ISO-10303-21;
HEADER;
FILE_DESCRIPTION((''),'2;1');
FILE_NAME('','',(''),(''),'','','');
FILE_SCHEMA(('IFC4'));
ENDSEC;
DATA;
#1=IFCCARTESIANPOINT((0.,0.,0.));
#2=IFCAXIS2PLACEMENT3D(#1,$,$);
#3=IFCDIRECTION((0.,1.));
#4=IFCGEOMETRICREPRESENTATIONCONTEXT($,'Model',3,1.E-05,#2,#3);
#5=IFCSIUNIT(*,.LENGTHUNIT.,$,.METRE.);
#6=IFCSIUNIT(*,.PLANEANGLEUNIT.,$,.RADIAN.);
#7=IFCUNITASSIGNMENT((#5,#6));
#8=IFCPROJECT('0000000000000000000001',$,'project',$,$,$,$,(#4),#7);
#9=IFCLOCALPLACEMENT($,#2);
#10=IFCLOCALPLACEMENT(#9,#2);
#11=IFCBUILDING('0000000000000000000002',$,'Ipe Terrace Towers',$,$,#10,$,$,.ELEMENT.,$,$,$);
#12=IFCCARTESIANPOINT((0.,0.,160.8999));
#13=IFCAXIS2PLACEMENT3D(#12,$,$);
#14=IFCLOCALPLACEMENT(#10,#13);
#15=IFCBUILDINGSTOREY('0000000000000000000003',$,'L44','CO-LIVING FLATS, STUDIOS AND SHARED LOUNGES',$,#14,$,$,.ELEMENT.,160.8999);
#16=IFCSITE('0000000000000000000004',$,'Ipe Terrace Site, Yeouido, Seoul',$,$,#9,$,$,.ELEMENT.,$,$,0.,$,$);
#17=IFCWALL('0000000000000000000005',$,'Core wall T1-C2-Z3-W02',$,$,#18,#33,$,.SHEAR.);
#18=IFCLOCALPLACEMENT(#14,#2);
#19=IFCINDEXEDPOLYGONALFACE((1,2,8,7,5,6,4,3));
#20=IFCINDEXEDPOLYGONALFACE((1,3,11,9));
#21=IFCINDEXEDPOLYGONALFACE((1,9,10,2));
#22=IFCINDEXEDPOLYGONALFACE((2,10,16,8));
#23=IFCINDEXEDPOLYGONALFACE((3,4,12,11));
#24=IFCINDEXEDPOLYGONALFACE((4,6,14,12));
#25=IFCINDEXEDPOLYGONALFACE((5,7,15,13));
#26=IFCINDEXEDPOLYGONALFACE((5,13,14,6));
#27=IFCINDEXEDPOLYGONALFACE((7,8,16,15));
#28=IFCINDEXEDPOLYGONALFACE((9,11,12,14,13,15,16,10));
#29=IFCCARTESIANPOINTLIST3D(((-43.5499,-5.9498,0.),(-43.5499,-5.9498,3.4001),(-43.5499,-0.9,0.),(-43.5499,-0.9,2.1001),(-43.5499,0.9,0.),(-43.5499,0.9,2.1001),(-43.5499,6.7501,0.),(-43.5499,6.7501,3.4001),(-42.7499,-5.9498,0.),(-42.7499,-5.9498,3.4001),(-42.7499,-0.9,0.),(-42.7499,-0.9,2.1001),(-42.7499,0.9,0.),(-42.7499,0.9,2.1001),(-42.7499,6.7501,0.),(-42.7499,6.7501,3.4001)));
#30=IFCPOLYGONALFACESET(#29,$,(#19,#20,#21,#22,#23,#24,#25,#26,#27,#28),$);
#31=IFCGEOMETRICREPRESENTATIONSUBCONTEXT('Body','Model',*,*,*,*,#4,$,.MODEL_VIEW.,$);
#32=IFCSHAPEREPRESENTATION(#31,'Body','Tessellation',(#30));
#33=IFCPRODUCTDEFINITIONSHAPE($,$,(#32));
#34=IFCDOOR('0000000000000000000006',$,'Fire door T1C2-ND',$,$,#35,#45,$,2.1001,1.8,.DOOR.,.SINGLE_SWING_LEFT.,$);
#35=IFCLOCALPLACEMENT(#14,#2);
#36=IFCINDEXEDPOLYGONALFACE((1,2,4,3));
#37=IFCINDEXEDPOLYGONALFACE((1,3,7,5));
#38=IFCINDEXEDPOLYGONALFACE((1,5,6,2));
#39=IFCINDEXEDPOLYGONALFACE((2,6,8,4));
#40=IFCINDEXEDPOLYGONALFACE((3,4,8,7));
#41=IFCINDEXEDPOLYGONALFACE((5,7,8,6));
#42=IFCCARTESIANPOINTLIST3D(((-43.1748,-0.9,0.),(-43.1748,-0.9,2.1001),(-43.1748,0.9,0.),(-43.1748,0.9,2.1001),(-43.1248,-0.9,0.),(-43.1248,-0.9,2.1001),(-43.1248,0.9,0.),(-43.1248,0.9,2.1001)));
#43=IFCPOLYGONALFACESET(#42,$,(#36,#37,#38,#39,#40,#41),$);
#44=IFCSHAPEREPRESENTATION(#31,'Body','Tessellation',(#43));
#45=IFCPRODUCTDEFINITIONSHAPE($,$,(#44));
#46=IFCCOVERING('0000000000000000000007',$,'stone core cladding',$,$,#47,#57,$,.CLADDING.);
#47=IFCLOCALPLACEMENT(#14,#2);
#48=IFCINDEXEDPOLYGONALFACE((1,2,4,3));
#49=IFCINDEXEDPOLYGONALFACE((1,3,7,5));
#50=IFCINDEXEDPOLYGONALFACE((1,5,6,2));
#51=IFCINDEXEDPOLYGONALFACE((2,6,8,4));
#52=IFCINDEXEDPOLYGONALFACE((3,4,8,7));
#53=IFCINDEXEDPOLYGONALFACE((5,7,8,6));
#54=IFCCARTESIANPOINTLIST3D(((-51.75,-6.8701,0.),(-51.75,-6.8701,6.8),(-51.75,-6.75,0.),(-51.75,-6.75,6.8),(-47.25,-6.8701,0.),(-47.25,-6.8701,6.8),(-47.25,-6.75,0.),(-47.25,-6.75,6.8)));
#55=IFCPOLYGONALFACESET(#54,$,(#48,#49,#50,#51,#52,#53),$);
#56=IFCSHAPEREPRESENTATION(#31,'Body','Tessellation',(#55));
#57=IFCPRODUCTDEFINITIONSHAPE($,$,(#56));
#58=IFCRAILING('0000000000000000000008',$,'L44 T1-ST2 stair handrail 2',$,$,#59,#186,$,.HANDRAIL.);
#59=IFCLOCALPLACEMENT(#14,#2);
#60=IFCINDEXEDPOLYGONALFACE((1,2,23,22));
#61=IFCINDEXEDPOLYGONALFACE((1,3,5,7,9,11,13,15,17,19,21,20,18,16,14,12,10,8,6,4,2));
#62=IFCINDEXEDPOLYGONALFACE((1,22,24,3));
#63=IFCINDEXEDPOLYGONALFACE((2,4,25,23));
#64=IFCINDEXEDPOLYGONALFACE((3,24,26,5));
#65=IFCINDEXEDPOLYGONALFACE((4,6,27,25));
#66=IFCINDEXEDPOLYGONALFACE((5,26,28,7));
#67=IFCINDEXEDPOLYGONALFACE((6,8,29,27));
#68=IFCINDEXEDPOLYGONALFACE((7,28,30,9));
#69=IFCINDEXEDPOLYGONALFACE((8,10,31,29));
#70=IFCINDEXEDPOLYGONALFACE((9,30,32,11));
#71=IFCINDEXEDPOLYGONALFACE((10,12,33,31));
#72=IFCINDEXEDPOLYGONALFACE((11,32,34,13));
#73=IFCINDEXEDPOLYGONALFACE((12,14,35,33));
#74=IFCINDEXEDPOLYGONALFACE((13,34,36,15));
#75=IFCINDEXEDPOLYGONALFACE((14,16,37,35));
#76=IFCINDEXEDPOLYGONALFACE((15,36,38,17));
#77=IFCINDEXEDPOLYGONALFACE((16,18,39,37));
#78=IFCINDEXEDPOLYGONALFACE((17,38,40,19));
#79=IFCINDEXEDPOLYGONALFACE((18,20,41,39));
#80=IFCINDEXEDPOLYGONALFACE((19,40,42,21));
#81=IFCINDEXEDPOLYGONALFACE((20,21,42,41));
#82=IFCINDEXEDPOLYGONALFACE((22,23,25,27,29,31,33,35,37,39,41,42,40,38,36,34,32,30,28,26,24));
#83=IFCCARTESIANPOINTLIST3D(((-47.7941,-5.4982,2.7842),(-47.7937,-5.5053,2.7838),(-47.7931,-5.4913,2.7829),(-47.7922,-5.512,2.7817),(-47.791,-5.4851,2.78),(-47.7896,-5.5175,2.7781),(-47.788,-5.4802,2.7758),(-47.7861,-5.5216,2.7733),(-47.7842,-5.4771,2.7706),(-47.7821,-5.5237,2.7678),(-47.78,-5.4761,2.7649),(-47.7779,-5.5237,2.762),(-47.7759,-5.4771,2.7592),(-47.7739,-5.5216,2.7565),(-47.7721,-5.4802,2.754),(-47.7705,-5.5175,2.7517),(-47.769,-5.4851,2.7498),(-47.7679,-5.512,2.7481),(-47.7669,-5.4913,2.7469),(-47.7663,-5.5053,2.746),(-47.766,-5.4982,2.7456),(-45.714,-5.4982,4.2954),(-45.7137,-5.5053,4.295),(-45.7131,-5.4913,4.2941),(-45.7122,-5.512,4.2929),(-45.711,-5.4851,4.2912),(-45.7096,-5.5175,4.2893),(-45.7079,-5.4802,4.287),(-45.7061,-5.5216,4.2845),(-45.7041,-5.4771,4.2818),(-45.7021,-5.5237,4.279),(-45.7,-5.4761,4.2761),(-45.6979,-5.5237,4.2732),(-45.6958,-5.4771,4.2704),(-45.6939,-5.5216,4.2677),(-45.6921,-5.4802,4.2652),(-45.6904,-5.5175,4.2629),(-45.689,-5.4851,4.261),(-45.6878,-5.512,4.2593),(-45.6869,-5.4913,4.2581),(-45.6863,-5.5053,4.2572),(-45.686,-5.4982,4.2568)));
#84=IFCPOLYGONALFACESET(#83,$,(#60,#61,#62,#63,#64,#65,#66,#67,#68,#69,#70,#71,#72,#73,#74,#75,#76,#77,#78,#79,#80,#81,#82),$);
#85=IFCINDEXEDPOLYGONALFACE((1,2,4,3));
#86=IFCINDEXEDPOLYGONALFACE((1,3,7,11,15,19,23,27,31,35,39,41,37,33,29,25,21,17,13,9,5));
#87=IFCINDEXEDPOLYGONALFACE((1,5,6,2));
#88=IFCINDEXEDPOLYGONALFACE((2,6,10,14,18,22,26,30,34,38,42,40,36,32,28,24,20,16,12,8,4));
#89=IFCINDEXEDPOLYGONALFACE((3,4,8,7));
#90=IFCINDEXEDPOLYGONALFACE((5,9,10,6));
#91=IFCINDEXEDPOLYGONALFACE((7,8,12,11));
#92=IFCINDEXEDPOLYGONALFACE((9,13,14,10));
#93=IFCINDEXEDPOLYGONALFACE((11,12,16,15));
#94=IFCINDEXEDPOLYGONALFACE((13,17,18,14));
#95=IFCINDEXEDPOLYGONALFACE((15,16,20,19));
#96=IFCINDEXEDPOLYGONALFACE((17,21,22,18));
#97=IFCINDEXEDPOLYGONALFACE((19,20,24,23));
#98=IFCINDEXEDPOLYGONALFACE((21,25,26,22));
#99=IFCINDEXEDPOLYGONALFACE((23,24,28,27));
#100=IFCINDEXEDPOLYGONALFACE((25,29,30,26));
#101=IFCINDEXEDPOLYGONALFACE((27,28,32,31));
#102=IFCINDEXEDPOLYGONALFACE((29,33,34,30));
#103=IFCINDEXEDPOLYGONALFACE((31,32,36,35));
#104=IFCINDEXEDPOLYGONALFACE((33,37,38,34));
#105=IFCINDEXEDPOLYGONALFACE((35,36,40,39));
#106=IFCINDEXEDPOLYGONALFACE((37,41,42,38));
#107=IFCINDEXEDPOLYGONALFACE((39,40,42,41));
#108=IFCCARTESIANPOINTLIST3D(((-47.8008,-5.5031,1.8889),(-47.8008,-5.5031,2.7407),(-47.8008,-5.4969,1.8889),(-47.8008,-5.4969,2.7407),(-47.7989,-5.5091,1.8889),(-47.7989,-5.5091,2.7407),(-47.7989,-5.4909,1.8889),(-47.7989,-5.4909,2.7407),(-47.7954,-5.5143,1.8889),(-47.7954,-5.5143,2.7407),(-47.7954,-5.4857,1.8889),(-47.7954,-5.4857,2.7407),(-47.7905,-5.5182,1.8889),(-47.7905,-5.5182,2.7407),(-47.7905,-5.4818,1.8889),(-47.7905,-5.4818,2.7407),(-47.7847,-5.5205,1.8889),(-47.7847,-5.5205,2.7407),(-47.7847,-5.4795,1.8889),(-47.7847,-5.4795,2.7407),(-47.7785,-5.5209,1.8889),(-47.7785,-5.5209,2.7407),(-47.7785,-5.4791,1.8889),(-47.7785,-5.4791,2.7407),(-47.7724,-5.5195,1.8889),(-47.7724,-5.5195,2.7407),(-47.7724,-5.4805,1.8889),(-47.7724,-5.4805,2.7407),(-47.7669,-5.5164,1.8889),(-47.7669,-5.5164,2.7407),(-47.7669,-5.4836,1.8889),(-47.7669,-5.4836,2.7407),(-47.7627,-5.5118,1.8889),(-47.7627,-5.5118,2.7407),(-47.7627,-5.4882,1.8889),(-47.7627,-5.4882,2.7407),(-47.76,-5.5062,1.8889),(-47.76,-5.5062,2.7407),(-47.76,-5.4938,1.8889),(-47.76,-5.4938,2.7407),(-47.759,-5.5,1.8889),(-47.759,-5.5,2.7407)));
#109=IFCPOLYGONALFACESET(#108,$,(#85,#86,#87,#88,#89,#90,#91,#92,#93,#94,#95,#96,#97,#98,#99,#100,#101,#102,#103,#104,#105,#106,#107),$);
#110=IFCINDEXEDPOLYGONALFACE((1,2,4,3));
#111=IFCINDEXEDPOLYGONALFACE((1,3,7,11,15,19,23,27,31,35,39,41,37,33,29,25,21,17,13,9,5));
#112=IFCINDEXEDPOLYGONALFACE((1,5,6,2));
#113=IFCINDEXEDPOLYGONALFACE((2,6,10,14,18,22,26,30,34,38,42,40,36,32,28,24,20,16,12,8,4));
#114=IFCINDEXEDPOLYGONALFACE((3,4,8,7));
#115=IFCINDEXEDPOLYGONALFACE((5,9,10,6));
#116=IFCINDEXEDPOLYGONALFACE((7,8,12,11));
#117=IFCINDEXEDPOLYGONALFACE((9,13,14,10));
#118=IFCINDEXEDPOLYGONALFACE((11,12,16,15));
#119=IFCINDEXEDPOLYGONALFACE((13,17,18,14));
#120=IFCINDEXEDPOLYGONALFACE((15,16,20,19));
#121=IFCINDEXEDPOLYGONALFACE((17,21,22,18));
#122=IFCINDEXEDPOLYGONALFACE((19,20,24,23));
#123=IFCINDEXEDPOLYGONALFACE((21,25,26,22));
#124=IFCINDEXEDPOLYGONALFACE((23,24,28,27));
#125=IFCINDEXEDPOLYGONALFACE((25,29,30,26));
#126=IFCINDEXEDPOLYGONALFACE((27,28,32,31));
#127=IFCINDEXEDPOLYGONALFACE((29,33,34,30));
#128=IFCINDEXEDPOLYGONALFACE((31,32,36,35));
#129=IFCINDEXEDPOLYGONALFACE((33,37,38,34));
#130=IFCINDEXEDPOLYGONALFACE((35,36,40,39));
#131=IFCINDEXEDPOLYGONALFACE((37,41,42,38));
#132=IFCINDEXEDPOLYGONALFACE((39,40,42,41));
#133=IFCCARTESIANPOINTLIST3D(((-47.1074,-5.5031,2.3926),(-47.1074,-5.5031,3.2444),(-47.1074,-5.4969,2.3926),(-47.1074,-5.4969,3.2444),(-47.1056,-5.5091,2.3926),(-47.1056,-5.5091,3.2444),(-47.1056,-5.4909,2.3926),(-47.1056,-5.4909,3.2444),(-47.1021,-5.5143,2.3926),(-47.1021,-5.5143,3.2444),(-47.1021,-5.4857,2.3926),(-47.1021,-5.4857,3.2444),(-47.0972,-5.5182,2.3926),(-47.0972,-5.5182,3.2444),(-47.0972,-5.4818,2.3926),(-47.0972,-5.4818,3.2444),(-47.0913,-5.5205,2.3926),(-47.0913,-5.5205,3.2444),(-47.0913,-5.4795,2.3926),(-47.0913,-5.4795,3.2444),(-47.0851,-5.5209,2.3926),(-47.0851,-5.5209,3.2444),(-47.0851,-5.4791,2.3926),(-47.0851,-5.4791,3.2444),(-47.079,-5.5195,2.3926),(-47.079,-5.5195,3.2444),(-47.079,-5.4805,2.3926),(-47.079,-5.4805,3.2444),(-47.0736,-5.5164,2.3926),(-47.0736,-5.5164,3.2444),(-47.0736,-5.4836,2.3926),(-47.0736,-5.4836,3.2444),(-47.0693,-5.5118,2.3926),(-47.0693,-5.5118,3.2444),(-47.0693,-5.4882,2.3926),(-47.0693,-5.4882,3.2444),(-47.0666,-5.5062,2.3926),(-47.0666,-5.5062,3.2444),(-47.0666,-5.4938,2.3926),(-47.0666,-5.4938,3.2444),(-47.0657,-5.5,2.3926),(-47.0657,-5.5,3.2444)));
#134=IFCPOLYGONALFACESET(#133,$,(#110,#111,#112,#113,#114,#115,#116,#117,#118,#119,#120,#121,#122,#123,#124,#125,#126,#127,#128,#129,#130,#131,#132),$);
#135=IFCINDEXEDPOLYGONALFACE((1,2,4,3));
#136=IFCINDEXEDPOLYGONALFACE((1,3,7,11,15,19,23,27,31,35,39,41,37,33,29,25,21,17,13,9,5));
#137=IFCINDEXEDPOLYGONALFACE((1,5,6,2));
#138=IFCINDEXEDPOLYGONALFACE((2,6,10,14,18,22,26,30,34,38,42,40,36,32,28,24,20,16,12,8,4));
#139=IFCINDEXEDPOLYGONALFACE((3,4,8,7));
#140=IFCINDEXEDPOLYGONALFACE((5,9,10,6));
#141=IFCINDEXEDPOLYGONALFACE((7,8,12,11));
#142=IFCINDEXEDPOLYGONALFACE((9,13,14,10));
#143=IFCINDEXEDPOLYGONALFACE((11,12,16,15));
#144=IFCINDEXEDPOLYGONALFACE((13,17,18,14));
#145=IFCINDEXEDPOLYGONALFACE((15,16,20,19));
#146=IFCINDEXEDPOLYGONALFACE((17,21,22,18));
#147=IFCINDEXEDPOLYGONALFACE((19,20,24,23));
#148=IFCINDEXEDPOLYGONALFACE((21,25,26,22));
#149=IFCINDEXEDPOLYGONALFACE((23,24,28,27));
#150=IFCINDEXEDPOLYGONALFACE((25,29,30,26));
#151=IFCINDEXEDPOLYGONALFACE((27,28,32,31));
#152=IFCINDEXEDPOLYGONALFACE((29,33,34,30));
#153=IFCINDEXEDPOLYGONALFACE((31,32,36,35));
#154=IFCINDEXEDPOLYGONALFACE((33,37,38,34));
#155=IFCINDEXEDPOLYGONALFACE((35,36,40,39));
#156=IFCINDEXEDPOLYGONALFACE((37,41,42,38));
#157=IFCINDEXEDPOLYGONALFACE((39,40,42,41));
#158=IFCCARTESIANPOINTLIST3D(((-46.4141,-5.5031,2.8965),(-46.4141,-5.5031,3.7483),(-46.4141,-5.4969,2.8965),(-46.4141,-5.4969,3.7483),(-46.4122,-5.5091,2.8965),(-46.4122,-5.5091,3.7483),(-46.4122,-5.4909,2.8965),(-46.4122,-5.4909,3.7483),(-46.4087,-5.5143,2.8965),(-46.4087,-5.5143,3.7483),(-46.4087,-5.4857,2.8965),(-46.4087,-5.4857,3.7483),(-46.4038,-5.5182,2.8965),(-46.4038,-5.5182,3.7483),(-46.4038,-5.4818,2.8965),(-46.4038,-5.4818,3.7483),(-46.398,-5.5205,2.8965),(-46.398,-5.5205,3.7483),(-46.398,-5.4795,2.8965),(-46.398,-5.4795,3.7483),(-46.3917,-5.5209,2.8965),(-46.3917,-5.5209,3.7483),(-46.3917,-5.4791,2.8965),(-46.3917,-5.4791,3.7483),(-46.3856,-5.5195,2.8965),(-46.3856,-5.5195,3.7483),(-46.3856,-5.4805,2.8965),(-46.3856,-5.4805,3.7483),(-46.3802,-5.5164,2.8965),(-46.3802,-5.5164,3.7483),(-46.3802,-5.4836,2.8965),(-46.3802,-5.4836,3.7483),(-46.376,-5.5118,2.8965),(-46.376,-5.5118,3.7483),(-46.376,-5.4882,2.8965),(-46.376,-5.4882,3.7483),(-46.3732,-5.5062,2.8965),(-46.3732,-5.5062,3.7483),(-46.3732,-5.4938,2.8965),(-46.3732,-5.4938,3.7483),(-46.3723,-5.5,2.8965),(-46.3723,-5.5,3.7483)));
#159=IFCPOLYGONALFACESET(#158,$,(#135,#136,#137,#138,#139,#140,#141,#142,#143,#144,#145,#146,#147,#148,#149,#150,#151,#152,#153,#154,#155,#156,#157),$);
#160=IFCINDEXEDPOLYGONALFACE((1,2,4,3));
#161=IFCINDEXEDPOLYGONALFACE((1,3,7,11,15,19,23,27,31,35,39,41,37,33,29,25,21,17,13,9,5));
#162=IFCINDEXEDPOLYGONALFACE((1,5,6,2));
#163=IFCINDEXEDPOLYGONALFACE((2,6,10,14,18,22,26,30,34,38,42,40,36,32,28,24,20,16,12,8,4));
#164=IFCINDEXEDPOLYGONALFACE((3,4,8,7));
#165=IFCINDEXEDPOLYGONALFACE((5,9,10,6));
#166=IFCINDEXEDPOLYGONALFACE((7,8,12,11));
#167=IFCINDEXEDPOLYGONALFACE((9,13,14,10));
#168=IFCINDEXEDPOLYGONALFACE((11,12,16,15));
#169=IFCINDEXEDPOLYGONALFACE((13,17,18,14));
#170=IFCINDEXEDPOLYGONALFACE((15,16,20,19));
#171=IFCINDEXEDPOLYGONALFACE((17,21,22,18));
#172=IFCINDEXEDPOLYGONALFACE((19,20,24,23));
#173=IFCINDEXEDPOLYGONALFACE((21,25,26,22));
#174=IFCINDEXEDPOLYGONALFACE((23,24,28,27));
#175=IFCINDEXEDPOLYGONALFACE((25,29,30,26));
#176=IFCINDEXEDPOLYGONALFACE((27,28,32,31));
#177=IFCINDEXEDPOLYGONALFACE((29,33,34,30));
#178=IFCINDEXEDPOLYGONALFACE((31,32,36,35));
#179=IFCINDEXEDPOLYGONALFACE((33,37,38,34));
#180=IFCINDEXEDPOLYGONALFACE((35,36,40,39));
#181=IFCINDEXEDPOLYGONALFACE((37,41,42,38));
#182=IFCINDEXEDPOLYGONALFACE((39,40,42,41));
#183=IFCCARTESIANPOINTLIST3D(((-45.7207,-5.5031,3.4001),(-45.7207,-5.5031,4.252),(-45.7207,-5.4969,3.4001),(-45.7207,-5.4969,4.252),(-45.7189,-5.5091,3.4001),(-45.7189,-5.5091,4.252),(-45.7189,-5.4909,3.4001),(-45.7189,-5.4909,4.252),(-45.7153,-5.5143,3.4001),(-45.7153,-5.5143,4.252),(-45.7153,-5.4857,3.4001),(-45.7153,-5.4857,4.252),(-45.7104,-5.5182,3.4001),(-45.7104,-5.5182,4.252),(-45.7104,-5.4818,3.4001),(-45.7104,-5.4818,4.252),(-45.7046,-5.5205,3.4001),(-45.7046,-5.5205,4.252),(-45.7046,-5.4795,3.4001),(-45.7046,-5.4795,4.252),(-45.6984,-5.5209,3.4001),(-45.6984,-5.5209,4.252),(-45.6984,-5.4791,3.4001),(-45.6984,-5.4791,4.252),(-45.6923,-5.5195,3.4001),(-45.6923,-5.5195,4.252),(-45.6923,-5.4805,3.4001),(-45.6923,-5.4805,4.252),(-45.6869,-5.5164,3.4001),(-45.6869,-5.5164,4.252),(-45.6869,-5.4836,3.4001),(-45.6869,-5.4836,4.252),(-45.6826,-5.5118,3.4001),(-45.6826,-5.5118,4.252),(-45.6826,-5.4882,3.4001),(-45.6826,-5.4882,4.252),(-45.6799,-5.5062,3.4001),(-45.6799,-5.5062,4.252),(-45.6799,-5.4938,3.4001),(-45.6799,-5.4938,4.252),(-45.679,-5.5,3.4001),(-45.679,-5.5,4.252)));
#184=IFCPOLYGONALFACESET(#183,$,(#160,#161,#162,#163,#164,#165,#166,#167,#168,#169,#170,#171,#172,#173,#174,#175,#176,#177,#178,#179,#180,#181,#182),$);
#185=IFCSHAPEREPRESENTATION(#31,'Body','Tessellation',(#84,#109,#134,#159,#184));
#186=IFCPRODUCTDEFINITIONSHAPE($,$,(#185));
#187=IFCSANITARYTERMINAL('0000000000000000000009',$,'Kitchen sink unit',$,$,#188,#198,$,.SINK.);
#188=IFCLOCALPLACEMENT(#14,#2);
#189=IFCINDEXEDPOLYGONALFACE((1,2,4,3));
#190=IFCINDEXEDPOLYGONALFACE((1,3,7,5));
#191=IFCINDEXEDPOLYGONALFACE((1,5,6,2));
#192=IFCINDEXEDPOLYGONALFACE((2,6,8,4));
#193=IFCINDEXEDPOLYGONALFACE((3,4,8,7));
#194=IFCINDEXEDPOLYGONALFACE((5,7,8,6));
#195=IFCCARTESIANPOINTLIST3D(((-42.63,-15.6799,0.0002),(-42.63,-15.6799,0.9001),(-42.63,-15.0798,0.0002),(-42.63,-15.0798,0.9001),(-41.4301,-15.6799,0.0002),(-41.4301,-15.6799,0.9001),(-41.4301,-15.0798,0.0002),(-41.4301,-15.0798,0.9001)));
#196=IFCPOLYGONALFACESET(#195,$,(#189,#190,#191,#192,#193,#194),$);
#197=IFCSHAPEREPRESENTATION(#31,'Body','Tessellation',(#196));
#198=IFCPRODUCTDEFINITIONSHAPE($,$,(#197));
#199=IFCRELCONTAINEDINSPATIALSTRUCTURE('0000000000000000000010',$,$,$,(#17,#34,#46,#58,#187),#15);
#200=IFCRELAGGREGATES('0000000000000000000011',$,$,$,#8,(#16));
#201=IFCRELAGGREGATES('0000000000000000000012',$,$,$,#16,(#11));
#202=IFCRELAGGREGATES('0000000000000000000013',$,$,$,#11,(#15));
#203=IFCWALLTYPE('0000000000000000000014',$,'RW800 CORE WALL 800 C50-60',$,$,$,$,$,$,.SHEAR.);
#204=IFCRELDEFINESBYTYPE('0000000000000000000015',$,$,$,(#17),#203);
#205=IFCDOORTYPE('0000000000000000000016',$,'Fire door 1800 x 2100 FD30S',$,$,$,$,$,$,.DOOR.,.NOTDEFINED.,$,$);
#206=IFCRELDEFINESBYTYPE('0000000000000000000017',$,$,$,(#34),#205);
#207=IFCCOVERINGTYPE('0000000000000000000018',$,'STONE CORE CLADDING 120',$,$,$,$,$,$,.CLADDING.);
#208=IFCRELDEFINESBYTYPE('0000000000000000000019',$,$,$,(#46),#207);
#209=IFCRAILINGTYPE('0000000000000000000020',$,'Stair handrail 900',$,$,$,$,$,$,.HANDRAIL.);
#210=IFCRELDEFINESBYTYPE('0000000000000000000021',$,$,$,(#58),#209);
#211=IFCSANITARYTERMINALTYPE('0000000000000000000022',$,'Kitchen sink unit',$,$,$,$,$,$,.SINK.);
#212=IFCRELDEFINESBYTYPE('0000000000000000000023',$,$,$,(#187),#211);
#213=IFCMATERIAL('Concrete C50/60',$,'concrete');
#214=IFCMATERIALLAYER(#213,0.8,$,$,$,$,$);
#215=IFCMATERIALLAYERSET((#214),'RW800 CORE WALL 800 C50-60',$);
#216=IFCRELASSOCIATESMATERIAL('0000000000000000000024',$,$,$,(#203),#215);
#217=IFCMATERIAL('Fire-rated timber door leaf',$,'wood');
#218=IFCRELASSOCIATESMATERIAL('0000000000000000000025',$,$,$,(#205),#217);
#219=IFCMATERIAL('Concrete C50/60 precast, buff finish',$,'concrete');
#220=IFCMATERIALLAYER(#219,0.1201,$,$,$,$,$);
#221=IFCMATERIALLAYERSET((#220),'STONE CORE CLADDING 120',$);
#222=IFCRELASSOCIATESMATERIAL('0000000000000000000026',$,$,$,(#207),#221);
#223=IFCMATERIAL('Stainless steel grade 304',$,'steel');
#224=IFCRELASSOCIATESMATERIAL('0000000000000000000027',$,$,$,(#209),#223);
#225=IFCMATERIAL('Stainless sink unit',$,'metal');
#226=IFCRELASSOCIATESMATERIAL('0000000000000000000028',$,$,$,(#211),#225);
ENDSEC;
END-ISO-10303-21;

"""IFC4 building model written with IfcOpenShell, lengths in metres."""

from ifc_helpers import new_model, si_unit, direction, frame, frame_2d, origin, origin_2d, place, context, subcontext, project, spatial, rectangle, circle, extrude, material, layer, layer_set, type_object, element, fill, save


model = new_model("IFC4")

# Units and contexts
model_context = context("Model", 3, precision=1e-05, world=origin(), true_north=direction((0.0, 1.0)))
body_context = subcontext(model_context, "Body", "Model", "MODEL_VIEW")
ifc_project = project(units=[si_unit("LENGTHUNIT", "METRE"), si_unit("PLANEANGLEUNIT", "RADIAN")], contexts=[model_context])

# Site, building, storey
site_placement = place(None, origin())
site = spatial("IfcSite", under=ifc_project, at=site_placement, Name="Ipe Terrace Site, Yeouido, Seoul", CompositionType="ELEMENT", RefElevation=0.0)
building_placement = place(site_placement, origin())
building = spatial("IfcBuilding", under=site, at=building_placement, Name="Ipe Terrace Towers", CompositionType="ELEMENT")
storey_placement = place(building_placement, frame((0.0, 0.0, 160.8999)))
storey = spatial("IfcBuildingStorey", under=building, at=storey_placement, Name="L44", Description="CO-LIVING FLATS, STUDIOS AND SHARED LOUNGES", CompositionType="ELEMENT", Elevation=160.8999)

# Shared definitions
ifc_material_1 = material(Name="Concrete C50/60", Category="concrete")
ifc_layer_1 = layer(ifc_material_1, 0.8)
ifc_layer_set_1 = layer_set([ifc_layer_1], Name="RW800 CORE WALL 800 C50-60")
wall_type_1 = type_object("IfcWallType", Name="RW800 CORE WALL 800 C50-60", PredefinedType="SHEAR", material=ifc_layer_set_1)

# Wall, opening, door
wall_1_placement = place(storey_placement, frame((-43.1499, -5.95, 0.0), z_axis=(0.0, 0.0, 1.0), x_axis=(0.0, 1.0, 0.0)))
wall_1 = element("IfcWall", 1, at=wall_1_placement, inside=storey, type_object=wall_type_1, Name="Core wall T1-C2-Z3-W02", PredefinedType="SHEAR", context=body_context, shape_type="SweptSolid", body=[
    extrude(rectangle(XDim=12.7, YDim=0.8, at=frame_2d((6.3501, 0.0))), origin(), (0.0, 0.0, 1.0), 3.4001),
])
opening_1_placement = place(wall_1_placement, frame((5.05, 0.0, 0.0)))
opening_1 = element("IfcOpeningElement", 2, at=opening_1_placement, cuts=wall_1, PredefinedType="OPENING", context=body_context, shape_type="SweptSolid", body=[
    extrude(rectangle(XDim=1.8, YDim=2.1001, at=frame_2d((0.8999, 1.05))), frame((0.0, 0.4102, 0.0), z_axis=(0.0, -1.0, 0.0), x_axis=(1.0, 0.0, 0.0)), (0.0, 0.0, 1.0), 0.8201),
])
ifc_material_2 = material(Name="Fire-rated timber door leaf", Category="wood")
door_type_1 = type_object("IfcDoorType", Name="Fire door 1800 x 2100 FD30S", OperationType="NOTDEFINED", PredefinedType="DOOR", material=ifc_material_2)
door_1_placement = place(opening_1_placement, origin())
door_1 = element("IfcDoor", 3, at=door_1_placement, inside=storey, type_object=door_type_1, Name="Fire door T1C2-ND", OperationType="SINGLE_SWING_LEFT", OverallHeight=2.1001, OverallWidth=1.8, PredefinedType="DOOR", context=body_context, shape_type="SweptSolid", body=[
    extrude(rectangle(XDim=1.8, YDim=2.1001, at=frame_2d((0.8999, 1.05))), frame((0.0, 0.0249, 0.0), z_axis=(0.0, -1.0, 0.0), x_axis=(1.0, 0.0, 0.0)), (0.0, 0.0, 1.0), 0.05),
])
fill(opening_1, door_1)

# Covering
ifc_material_3 = material(Name="Concrete C50/60 precast, buff finish", Category="concrete")
ifc_layer_2 = layer(ifc_material_3, 0.1201)
ifc_layer_set_2 = layer_set([ifc_layer_2], Name="STONE CORE CLADDING 120")
covering_type = type_object("IfcCoveringType", Name="STONE CORE CLADDING 120", PredefinedType="CLADDING", material=ifc_layer_set_2)
covering_placement = place(storey_placement, frame((-49.5, -6.8101, 0.0), z_axis=(0.0, 0.0, 1.0), x_axis=(1.0, 0.0, 0.0)))
element("IfcCovering", 4, at=covering_placement, inside=storey, type_object=covering_type, Name="stone core cladding", PredefinedType="CLADDING", context=body_context, shape_type="SweptSolid", body=[
    extrude(rectangle(XDim=4.5, YDim=0.1201, at=origin_2d()), origin(), (0.0, 0.0, 1.0), 6.8),
])

# Railing
ifc_material_4 = material(Name="Stainless steel grade 304", Category="steel")
railing_type_1 = type_object("IfcRailingType", Name="Stair handrail 900", PredefinedType="HANDRAIL", material=ifc_material_4)
railing_1_placement = place(storey_placement, frame((-47.78, -5.5, 1.8889)))
element("IfcRailing", 5, at=railing_1_placement, inside=storey, type_object=railing_type_1, Name="L44 T1-ST2 stair handrail 2", PredefinedType="HANDRAIL", context=body_context, shape_type="SweptSolid", body=[
    extrude(circle(Radius=0.0239, at=origin_2d()), frame((0.0, 0.0, 0.876), z_axis=(0.809023, 0.0, 0.587776), x_axis=(0.0, 1.0, 0.0)), (0.0, 0.0, 1.0), 2.571),
    extrude(circle(Radius=0.021, at=origin_2d()), origin(), (0.0, 0.0, 1.0), 0.8518),
    extrude(circle(Radius=0.021, at=origin_2d()), frame((0.6934, 0.0, 0.5037)), (0.0, 0.0, 1.0), 0.8518),
    extrude(circle(Radius=0.021, at=origin_2d()), frame((1.3867, 0.0, 1.0076)), (0.0, 0.0, 1.0), 0.8518),
    extrude(circle(Radius=0.021, at=origin_2d()), frame((2.0801, 0.0, 1.5112)), (0.0, 0.0, 1.0), 0.8518),
])

# Sanitary terminal
ifc_material_5 = material(Name="Stainless sink unit", Category="metal")
sanitary_terminal_type = type_object("IfcSanitaryTerminalType", Name="Kitchen sink unit", PredefinedType="SINK", material=ifc_material_5)
sanitary_terminal_placement = place(storey_placement, frame((-42.03, -15.3799, 0.0002), z_axis=(0.0, 0.0, 1.0), x_axis=(-1.0, 0.0, 0.0)))
element("IfcSanitaryTerminal", 6, at=sanitary_terminal_placement, inside=storey, type_object=sanitary_terminal_type, Name="Kitchen sink unit", PredefinedType="SINK", context=body_context, shape_type="SweptSolid", body=[
    extrude(rectangle(XDim=1.2, YDim=0.6001, at=origin_2d()), origin(), (0.0, 0.0, 1.0), 0.8999),
])

save(model, "model.ifc")
